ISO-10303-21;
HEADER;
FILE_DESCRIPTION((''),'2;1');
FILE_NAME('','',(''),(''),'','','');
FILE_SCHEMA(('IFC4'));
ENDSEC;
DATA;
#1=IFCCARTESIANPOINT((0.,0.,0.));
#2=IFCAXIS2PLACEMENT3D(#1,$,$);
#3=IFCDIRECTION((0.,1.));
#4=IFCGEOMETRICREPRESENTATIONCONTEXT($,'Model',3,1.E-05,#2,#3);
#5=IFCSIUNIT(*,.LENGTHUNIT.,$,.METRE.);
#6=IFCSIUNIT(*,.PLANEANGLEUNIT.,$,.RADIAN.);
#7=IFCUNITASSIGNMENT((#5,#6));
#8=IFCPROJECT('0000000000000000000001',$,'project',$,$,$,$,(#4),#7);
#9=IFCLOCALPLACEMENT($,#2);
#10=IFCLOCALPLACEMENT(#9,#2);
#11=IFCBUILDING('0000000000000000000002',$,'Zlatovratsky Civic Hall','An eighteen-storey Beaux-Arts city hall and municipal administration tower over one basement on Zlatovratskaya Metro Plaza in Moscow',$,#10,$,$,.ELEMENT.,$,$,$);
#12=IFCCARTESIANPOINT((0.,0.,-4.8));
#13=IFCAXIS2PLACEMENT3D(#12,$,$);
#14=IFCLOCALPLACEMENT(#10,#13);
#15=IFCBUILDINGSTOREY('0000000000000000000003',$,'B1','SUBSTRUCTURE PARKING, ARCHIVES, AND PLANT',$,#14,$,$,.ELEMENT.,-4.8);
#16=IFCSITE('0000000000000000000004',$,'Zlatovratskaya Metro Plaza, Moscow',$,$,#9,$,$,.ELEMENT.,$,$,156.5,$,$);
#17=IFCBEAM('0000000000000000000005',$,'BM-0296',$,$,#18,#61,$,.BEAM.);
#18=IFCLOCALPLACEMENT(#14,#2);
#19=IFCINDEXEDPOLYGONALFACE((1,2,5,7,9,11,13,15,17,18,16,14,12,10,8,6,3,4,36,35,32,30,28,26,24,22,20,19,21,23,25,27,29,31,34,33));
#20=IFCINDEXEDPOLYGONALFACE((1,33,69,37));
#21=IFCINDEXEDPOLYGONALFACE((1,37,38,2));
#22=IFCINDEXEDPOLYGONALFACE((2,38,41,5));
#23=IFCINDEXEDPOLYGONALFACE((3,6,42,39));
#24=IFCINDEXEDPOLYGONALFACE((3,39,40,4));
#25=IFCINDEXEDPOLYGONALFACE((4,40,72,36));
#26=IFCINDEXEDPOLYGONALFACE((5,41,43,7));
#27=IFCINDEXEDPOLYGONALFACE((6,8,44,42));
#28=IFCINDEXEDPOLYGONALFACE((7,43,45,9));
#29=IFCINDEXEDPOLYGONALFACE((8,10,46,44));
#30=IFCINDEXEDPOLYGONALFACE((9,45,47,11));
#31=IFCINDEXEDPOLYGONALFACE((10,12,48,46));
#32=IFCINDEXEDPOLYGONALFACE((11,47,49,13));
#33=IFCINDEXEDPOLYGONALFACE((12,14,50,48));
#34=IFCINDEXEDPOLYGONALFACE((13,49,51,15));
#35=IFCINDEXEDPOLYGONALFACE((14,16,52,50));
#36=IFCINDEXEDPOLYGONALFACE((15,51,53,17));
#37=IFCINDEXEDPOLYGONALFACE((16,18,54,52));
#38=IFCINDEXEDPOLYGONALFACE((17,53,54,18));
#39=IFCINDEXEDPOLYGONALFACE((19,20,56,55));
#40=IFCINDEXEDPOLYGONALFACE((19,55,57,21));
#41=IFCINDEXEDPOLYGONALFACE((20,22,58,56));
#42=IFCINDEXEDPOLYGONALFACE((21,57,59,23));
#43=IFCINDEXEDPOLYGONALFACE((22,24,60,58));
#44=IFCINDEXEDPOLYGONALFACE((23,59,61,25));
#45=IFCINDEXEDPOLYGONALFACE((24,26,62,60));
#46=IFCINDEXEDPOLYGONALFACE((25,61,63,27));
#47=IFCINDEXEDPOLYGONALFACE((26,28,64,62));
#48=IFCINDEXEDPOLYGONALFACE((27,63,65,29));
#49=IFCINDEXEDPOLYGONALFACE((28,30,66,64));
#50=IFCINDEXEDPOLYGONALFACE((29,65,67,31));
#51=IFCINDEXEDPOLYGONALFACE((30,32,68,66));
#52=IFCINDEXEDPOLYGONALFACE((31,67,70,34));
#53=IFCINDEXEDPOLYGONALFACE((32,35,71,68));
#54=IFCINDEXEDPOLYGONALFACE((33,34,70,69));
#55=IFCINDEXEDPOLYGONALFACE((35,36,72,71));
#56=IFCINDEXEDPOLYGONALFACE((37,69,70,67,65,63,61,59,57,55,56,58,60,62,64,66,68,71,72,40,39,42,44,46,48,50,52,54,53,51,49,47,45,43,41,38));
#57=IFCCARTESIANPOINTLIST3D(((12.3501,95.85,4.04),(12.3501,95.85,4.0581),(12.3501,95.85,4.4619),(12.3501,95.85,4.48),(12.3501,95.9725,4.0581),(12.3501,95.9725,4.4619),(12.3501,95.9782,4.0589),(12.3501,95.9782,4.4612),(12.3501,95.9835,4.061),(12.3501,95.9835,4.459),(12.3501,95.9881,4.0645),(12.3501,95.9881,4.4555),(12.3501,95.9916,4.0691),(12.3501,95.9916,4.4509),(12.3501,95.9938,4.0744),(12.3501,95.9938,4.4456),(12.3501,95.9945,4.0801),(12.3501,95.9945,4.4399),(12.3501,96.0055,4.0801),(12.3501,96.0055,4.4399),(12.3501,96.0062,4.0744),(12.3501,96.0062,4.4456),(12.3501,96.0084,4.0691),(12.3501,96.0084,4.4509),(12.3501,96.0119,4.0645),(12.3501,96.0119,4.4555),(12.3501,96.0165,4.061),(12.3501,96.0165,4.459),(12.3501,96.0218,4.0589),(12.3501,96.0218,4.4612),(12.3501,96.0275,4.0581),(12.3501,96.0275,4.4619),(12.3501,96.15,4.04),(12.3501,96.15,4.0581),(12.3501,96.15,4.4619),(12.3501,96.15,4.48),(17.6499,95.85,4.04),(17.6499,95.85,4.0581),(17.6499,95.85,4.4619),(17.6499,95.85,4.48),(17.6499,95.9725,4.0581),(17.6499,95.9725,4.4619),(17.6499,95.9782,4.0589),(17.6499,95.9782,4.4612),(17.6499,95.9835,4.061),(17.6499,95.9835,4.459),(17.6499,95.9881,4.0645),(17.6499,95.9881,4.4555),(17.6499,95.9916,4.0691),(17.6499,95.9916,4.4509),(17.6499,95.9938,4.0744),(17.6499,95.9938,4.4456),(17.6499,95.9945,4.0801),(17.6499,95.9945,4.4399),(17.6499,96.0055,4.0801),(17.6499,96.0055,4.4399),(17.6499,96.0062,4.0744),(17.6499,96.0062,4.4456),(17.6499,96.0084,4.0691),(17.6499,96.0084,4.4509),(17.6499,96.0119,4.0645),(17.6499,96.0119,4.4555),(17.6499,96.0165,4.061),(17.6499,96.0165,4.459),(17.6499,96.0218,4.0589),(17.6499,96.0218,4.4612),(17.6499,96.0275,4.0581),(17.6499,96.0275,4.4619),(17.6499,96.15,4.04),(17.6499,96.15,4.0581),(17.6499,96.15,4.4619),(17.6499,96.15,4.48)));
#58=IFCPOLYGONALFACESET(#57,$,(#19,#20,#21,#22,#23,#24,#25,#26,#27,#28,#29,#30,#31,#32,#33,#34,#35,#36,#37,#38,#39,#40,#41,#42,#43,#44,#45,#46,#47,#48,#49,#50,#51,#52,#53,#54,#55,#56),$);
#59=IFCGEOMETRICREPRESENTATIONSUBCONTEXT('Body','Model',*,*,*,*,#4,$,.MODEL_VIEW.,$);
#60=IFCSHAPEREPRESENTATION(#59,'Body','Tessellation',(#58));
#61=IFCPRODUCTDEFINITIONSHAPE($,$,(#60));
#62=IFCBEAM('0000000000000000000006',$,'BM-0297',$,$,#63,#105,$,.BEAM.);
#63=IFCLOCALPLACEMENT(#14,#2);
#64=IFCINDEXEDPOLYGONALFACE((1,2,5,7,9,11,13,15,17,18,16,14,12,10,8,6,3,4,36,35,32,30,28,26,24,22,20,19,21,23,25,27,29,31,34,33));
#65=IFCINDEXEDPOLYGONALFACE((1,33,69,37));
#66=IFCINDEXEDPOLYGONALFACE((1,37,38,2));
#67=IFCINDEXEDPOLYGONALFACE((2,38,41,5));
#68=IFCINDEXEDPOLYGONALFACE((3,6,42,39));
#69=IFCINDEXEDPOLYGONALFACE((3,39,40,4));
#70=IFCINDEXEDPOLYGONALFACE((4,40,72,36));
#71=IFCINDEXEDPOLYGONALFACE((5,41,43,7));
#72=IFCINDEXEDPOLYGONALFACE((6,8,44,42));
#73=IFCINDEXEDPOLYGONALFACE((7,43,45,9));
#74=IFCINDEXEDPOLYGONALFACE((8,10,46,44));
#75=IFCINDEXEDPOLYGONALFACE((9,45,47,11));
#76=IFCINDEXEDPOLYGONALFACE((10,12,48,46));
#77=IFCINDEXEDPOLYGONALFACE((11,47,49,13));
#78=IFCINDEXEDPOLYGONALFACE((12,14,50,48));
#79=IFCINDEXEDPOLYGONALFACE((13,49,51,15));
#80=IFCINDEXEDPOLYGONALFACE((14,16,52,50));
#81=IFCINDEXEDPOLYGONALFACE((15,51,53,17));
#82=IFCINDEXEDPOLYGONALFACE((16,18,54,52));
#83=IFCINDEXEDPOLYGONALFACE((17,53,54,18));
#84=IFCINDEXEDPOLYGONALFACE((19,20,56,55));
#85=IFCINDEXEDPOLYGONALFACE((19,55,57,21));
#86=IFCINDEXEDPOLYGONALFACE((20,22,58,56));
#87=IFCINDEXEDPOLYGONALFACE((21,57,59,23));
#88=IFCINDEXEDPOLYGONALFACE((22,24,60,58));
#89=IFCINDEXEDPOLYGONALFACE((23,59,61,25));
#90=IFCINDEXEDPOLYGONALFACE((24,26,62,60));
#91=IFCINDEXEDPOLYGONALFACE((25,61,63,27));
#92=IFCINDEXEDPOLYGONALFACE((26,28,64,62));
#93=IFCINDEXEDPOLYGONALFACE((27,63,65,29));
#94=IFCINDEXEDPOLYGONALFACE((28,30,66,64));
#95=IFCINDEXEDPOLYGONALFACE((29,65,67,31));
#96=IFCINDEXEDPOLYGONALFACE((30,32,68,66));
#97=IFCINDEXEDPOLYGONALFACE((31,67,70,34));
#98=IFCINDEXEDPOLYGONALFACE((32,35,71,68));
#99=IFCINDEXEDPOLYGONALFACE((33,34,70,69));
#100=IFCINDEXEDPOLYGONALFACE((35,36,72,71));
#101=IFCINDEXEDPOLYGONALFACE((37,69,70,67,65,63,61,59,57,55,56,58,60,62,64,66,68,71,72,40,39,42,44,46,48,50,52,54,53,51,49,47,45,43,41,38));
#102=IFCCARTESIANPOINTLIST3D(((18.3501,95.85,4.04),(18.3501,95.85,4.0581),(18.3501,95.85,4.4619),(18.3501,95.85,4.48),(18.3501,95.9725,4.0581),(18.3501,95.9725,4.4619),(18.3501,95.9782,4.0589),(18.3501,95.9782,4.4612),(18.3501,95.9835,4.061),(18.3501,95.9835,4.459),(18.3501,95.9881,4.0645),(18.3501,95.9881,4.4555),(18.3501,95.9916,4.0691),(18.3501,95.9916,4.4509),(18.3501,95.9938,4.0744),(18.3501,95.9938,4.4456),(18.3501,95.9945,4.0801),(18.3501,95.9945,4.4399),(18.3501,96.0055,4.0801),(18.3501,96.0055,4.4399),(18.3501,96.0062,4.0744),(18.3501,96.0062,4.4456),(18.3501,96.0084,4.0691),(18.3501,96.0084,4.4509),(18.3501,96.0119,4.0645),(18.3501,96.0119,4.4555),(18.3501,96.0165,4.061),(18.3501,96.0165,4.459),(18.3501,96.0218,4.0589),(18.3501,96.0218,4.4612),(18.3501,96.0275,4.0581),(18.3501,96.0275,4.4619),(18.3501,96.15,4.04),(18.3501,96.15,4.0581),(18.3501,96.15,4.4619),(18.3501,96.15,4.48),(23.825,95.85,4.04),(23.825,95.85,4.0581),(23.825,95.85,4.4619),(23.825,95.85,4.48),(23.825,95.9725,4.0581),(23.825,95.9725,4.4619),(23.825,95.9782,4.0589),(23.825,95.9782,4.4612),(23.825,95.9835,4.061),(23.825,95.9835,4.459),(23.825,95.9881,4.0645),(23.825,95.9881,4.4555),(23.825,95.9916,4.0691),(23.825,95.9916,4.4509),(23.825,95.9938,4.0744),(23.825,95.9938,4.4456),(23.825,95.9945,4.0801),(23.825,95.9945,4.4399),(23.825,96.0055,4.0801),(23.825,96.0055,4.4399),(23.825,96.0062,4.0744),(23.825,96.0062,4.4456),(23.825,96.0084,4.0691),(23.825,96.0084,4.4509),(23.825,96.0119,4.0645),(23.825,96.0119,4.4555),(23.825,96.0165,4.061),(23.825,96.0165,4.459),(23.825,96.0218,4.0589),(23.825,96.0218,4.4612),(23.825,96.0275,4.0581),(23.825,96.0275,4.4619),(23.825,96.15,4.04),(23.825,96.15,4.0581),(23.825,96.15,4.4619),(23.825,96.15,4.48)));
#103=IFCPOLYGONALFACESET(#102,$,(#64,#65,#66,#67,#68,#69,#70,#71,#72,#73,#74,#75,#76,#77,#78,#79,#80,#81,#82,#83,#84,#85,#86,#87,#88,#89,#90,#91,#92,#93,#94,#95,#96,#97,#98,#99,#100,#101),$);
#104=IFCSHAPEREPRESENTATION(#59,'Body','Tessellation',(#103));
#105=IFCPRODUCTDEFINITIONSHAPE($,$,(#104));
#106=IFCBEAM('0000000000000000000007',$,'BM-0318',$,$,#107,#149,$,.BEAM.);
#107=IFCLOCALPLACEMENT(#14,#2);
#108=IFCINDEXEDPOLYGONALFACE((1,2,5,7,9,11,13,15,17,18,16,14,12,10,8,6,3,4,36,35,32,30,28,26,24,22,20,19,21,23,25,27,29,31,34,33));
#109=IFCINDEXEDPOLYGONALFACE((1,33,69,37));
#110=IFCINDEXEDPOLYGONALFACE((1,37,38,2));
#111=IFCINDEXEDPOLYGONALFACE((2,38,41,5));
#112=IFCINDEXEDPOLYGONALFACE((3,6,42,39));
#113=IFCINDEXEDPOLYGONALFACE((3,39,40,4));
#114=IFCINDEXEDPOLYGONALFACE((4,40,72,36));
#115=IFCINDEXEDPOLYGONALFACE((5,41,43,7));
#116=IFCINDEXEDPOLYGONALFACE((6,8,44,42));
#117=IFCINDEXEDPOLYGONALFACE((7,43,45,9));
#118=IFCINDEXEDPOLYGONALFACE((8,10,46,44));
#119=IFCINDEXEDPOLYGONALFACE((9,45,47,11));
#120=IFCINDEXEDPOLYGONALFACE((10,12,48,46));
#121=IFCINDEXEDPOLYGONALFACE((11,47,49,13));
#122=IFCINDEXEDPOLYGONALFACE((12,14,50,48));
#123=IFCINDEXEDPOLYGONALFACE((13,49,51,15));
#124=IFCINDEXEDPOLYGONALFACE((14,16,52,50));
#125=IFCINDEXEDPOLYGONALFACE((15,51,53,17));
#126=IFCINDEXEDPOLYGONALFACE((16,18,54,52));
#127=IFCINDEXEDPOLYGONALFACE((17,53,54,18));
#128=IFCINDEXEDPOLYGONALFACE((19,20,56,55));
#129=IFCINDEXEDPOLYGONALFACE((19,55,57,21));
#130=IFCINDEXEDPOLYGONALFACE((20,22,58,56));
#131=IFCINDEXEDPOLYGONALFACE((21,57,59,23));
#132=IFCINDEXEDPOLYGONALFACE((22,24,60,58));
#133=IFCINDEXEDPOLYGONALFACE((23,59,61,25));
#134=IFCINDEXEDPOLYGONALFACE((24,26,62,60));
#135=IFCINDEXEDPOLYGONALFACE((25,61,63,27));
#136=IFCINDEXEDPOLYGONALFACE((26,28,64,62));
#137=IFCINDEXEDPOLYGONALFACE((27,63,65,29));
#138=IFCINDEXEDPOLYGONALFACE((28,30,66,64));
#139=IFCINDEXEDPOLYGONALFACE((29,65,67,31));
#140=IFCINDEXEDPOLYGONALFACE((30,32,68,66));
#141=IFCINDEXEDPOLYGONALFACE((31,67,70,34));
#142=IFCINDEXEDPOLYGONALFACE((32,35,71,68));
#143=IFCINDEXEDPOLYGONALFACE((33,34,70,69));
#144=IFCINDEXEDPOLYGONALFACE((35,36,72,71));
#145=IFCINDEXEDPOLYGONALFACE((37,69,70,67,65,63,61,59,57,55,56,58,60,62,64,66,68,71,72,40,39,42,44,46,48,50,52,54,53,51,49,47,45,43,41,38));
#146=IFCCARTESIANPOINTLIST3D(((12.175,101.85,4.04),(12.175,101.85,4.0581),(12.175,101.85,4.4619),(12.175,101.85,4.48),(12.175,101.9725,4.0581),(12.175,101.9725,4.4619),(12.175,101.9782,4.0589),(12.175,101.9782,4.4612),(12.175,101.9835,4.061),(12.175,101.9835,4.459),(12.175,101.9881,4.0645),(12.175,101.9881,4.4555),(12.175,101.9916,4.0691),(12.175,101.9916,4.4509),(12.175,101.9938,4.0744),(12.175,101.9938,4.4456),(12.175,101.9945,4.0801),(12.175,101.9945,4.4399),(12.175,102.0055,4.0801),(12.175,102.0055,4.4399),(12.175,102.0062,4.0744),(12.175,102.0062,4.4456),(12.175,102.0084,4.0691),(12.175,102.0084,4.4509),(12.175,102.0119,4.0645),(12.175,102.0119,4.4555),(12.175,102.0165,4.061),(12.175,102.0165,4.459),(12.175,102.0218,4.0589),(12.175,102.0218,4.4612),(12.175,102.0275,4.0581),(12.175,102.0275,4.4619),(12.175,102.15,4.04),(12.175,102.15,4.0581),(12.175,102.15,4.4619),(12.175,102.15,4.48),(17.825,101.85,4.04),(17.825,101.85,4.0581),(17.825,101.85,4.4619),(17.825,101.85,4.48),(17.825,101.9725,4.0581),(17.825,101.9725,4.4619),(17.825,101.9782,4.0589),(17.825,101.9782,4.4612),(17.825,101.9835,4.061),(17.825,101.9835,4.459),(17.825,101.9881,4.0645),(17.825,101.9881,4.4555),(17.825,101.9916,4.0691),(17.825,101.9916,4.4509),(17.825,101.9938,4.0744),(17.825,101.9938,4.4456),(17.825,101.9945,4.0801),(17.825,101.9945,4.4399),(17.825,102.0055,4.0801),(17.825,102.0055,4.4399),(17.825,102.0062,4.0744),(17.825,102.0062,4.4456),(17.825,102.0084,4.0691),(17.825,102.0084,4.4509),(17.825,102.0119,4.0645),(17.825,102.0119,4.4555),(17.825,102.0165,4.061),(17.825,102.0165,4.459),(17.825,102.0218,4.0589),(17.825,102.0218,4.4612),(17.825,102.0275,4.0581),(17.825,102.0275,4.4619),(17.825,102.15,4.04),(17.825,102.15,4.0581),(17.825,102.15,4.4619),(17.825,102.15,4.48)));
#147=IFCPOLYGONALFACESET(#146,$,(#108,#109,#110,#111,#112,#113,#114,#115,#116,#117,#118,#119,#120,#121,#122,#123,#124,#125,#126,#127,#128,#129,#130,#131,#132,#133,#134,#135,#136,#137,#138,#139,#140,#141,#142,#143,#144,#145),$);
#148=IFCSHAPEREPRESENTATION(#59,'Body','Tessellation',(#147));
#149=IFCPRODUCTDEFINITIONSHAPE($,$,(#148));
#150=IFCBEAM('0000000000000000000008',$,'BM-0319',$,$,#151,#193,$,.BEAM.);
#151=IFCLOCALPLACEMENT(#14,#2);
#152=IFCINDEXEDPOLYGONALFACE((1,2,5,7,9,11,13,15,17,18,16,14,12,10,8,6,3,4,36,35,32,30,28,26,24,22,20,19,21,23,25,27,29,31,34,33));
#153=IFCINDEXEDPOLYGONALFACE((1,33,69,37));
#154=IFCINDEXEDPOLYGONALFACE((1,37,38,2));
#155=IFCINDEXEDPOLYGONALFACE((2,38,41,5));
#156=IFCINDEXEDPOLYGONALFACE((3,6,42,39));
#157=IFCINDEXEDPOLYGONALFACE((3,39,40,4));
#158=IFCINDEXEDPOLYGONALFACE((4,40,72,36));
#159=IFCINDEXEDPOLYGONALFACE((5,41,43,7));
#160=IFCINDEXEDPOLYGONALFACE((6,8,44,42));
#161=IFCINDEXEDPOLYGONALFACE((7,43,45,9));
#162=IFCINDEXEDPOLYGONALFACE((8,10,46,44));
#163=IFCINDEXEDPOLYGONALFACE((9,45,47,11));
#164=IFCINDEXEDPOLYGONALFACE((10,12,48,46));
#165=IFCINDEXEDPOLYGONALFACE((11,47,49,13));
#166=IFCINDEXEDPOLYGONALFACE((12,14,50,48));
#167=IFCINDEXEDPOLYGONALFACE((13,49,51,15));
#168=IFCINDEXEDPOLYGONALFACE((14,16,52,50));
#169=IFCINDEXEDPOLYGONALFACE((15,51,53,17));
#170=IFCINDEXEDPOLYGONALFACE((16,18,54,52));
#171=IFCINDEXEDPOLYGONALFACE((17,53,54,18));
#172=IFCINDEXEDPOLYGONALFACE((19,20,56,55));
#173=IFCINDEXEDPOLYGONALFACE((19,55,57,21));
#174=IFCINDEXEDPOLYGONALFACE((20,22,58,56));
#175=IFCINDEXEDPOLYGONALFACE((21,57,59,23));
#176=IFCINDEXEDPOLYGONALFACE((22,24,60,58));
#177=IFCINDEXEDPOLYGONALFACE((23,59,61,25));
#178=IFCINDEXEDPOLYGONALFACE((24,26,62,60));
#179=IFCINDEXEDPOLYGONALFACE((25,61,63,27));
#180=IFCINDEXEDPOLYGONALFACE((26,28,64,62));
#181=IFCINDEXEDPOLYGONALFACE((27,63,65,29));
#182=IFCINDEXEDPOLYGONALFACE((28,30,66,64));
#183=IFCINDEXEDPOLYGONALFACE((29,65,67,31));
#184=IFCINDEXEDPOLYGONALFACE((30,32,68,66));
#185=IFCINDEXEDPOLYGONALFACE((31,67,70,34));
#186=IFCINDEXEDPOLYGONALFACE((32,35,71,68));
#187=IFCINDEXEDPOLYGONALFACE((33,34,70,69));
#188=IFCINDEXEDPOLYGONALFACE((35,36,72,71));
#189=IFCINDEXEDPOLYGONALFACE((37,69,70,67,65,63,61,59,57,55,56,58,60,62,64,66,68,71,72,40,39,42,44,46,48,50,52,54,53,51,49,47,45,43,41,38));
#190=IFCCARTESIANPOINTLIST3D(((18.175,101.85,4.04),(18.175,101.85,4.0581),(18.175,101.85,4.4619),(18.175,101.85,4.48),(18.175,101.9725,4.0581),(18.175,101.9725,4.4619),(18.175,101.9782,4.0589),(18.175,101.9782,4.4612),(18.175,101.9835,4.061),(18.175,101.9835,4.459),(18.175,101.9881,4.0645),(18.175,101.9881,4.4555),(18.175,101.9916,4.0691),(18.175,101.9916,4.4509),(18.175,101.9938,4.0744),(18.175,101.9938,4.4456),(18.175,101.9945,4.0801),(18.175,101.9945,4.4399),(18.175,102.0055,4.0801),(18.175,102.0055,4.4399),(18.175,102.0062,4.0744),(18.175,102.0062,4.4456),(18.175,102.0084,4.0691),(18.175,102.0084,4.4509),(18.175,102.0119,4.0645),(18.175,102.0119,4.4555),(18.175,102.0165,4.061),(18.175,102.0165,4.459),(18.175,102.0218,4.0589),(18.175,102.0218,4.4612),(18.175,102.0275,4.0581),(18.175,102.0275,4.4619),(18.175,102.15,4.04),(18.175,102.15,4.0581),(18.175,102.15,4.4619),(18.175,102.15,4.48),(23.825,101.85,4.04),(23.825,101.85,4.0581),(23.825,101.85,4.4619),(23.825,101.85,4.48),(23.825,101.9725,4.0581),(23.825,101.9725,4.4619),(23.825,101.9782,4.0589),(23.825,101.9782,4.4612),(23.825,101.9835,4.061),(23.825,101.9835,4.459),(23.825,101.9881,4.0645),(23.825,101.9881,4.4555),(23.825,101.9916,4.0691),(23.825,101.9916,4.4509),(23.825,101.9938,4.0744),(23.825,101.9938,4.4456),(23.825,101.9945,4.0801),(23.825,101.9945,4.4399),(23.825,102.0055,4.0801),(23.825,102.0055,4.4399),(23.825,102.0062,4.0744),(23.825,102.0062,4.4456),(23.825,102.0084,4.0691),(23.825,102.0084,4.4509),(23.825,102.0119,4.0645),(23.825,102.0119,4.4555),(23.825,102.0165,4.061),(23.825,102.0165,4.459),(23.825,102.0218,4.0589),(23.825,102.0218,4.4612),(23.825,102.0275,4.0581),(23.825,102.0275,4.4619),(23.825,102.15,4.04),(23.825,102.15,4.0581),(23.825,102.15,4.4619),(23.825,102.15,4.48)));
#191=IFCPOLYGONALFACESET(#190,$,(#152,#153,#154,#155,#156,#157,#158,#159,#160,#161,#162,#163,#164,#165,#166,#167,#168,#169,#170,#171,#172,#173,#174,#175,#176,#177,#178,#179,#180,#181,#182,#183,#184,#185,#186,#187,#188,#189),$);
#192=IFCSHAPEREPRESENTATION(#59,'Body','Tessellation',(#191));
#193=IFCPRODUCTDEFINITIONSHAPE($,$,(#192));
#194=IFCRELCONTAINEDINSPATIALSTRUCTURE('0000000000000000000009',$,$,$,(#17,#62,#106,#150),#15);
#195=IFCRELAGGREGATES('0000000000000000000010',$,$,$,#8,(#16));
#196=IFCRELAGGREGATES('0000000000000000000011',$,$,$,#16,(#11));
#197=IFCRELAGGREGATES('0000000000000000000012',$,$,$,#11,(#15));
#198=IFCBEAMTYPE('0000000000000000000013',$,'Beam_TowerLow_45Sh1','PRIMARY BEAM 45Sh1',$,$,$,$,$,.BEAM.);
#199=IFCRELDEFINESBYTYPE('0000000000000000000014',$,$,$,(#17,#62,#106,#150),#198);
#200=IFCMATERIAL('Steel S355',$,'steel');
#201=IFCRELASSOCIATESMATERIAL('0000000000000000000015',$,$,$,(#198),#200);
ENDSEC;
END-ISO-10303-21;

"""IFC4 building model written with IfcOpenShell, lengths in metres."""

from ifc_helpers import new_model, si_unit, direction, frame, origin, origin_2d, place, context, subcontext, project, spatial, i_section, extrude, material, material_profile, profile_set, type_object, element, save


model = new_model("IFC4")

# Units and contexts
model_context = context("Model", 3, precision=1e-05, world=origin(), true_north=direction((0.0, 1.0)))
body_context = subcontext(model_context, "Body", "Model", "MODEL_VIEW")
ifc_project = project(units=[si_unit("LENGTHUNIT", "METRE"), si_unit("PLANEANGLEUNIT", "RADIAN")], contexts=[model_context])

# Site, building, storey
site_placement = place(None, origin())
site = spatial("IfcSite", under=ifc_project, at=site_placement, Name="Zlatovratskaya Metro Plaza, Moscow", CompositionType="ELEMENT", RefElevation=156.5)
building_placement = place(site_placement, origin())
building = spatial("IfcBuilding", under=site, at=building_placement, Name="Zlatovratsky Civic Hall", Description="An eighteen-storey Beaux-Arts city hall and municipal administration tower over one basement on Zlatovratskaya Metro Plaza in Moscow", CompositionType="ELEMENT")
storey_placement = place(building_placement, frame((0.0, 0.0, -4.8)))
storey = spatial("IfcBuildingStorey", under=building, at=storey_placement, Name="B1", Description="SUBSTRUCTURE PARKING, ARCHIVES, AND PLANT", CompositionType="ELEMENT", Elevation=-4.8)

# Shared definitions
ifc_material_1 = material(Name="Steel S355", Category="steel")

# Beams
ifc_material_profile_1 = material_profile(ifc_material_1, i_section(OverallWidth=0.3, OverallDepth=0.4399, WebThickness=0.011, FlangeThickness=0.0181, FilletRadius=0.022, at=origin_2d()), Name="45Sh1")
ifc_profile_set_1 = profile_set([ifc_material_profile_1], Name="Steel S355")
beam_type = type_object("IfcBeamType", Name="Beam_TowerLow_45Sh1", Description="PRIMARY BEAM 45Sh1", PredefinedType="BEAM", material=ifc_profile_set_1)
beam_1_placement = place(storey_placement, frame((12.3501, 96.0, 4.26), z_axis=(1.0, 0.0, 0.0), x_axis=(0.0, 1.0, 0.0)))
element("IfcBeam", 1, at=beam_1_placement, inside=storey, type_object=beam_type, Name="BM-0296", PredefinedType="BEAM", context=body_context, shape_type="SweptSolid", body=[
    extrude(i_section(OverallWidth=0.3, OverallDepth=0.4399, WebThickness=0.011, FlangeThickness=0.0181, FilletRadius=0.022, at=origin_2d()), origin(), (0.0, 0.0, 1.0), 5.2998),
])
beam_2_placement = place(storey_placement, frame((18.3501, 96.0, 4.26), z_axis=(1.0, 0.0, 0.0), x_axis=(0.0, 1.0, 0.0)))
element("IfcBeam", 2, at=beam_2_placement, inside=storey, type_object=beam_type, Name="BM-0297", PredefinedType="BEAM", context=body_context, shape_type="SweptSolid", body=[
    extrude(i_section(OverallWidth=0.3, OverallDepth=0.4399, WebThickness=0.011, FlangeThickness=0.0181, FilletRadius=0.022, at=origin_2d()), origin(), (0.0, 0.0, 1.0), 5.4749),
])
for number, where, z_axis, x_axis, name in (
    (3, (12.175, 102.0, 4.26), (1.0, 0.0, 0.0), (0.0, 1.0, 0.0), "BM-0318"),
    (4, (18.175, 102.0, 4.26), (1.0, 0.0, 0.0), (0.0, 1.0, 0.0), "BM-0319"),
):
    element("IfcBeam", number, at=place(storey_placement, frame(where, z_axis=z_axis, x_axis=x_axis)), inside=storey, type_object=beam_type, Name=name, PredefinedType="BEAM", context=body_context, shape_type="SweptSolid", body=[
        extrude(i_section(OverallWidth=0.3, OverallDepth=0.4399, WebThickness=0.011, FlangeThickness=0.0181, FilletRadius=0.022, at=origin_2d()), origin(), (0.0, 0.0, 1.0), 5.6499),
    ])

save(model, "model.ifc")
